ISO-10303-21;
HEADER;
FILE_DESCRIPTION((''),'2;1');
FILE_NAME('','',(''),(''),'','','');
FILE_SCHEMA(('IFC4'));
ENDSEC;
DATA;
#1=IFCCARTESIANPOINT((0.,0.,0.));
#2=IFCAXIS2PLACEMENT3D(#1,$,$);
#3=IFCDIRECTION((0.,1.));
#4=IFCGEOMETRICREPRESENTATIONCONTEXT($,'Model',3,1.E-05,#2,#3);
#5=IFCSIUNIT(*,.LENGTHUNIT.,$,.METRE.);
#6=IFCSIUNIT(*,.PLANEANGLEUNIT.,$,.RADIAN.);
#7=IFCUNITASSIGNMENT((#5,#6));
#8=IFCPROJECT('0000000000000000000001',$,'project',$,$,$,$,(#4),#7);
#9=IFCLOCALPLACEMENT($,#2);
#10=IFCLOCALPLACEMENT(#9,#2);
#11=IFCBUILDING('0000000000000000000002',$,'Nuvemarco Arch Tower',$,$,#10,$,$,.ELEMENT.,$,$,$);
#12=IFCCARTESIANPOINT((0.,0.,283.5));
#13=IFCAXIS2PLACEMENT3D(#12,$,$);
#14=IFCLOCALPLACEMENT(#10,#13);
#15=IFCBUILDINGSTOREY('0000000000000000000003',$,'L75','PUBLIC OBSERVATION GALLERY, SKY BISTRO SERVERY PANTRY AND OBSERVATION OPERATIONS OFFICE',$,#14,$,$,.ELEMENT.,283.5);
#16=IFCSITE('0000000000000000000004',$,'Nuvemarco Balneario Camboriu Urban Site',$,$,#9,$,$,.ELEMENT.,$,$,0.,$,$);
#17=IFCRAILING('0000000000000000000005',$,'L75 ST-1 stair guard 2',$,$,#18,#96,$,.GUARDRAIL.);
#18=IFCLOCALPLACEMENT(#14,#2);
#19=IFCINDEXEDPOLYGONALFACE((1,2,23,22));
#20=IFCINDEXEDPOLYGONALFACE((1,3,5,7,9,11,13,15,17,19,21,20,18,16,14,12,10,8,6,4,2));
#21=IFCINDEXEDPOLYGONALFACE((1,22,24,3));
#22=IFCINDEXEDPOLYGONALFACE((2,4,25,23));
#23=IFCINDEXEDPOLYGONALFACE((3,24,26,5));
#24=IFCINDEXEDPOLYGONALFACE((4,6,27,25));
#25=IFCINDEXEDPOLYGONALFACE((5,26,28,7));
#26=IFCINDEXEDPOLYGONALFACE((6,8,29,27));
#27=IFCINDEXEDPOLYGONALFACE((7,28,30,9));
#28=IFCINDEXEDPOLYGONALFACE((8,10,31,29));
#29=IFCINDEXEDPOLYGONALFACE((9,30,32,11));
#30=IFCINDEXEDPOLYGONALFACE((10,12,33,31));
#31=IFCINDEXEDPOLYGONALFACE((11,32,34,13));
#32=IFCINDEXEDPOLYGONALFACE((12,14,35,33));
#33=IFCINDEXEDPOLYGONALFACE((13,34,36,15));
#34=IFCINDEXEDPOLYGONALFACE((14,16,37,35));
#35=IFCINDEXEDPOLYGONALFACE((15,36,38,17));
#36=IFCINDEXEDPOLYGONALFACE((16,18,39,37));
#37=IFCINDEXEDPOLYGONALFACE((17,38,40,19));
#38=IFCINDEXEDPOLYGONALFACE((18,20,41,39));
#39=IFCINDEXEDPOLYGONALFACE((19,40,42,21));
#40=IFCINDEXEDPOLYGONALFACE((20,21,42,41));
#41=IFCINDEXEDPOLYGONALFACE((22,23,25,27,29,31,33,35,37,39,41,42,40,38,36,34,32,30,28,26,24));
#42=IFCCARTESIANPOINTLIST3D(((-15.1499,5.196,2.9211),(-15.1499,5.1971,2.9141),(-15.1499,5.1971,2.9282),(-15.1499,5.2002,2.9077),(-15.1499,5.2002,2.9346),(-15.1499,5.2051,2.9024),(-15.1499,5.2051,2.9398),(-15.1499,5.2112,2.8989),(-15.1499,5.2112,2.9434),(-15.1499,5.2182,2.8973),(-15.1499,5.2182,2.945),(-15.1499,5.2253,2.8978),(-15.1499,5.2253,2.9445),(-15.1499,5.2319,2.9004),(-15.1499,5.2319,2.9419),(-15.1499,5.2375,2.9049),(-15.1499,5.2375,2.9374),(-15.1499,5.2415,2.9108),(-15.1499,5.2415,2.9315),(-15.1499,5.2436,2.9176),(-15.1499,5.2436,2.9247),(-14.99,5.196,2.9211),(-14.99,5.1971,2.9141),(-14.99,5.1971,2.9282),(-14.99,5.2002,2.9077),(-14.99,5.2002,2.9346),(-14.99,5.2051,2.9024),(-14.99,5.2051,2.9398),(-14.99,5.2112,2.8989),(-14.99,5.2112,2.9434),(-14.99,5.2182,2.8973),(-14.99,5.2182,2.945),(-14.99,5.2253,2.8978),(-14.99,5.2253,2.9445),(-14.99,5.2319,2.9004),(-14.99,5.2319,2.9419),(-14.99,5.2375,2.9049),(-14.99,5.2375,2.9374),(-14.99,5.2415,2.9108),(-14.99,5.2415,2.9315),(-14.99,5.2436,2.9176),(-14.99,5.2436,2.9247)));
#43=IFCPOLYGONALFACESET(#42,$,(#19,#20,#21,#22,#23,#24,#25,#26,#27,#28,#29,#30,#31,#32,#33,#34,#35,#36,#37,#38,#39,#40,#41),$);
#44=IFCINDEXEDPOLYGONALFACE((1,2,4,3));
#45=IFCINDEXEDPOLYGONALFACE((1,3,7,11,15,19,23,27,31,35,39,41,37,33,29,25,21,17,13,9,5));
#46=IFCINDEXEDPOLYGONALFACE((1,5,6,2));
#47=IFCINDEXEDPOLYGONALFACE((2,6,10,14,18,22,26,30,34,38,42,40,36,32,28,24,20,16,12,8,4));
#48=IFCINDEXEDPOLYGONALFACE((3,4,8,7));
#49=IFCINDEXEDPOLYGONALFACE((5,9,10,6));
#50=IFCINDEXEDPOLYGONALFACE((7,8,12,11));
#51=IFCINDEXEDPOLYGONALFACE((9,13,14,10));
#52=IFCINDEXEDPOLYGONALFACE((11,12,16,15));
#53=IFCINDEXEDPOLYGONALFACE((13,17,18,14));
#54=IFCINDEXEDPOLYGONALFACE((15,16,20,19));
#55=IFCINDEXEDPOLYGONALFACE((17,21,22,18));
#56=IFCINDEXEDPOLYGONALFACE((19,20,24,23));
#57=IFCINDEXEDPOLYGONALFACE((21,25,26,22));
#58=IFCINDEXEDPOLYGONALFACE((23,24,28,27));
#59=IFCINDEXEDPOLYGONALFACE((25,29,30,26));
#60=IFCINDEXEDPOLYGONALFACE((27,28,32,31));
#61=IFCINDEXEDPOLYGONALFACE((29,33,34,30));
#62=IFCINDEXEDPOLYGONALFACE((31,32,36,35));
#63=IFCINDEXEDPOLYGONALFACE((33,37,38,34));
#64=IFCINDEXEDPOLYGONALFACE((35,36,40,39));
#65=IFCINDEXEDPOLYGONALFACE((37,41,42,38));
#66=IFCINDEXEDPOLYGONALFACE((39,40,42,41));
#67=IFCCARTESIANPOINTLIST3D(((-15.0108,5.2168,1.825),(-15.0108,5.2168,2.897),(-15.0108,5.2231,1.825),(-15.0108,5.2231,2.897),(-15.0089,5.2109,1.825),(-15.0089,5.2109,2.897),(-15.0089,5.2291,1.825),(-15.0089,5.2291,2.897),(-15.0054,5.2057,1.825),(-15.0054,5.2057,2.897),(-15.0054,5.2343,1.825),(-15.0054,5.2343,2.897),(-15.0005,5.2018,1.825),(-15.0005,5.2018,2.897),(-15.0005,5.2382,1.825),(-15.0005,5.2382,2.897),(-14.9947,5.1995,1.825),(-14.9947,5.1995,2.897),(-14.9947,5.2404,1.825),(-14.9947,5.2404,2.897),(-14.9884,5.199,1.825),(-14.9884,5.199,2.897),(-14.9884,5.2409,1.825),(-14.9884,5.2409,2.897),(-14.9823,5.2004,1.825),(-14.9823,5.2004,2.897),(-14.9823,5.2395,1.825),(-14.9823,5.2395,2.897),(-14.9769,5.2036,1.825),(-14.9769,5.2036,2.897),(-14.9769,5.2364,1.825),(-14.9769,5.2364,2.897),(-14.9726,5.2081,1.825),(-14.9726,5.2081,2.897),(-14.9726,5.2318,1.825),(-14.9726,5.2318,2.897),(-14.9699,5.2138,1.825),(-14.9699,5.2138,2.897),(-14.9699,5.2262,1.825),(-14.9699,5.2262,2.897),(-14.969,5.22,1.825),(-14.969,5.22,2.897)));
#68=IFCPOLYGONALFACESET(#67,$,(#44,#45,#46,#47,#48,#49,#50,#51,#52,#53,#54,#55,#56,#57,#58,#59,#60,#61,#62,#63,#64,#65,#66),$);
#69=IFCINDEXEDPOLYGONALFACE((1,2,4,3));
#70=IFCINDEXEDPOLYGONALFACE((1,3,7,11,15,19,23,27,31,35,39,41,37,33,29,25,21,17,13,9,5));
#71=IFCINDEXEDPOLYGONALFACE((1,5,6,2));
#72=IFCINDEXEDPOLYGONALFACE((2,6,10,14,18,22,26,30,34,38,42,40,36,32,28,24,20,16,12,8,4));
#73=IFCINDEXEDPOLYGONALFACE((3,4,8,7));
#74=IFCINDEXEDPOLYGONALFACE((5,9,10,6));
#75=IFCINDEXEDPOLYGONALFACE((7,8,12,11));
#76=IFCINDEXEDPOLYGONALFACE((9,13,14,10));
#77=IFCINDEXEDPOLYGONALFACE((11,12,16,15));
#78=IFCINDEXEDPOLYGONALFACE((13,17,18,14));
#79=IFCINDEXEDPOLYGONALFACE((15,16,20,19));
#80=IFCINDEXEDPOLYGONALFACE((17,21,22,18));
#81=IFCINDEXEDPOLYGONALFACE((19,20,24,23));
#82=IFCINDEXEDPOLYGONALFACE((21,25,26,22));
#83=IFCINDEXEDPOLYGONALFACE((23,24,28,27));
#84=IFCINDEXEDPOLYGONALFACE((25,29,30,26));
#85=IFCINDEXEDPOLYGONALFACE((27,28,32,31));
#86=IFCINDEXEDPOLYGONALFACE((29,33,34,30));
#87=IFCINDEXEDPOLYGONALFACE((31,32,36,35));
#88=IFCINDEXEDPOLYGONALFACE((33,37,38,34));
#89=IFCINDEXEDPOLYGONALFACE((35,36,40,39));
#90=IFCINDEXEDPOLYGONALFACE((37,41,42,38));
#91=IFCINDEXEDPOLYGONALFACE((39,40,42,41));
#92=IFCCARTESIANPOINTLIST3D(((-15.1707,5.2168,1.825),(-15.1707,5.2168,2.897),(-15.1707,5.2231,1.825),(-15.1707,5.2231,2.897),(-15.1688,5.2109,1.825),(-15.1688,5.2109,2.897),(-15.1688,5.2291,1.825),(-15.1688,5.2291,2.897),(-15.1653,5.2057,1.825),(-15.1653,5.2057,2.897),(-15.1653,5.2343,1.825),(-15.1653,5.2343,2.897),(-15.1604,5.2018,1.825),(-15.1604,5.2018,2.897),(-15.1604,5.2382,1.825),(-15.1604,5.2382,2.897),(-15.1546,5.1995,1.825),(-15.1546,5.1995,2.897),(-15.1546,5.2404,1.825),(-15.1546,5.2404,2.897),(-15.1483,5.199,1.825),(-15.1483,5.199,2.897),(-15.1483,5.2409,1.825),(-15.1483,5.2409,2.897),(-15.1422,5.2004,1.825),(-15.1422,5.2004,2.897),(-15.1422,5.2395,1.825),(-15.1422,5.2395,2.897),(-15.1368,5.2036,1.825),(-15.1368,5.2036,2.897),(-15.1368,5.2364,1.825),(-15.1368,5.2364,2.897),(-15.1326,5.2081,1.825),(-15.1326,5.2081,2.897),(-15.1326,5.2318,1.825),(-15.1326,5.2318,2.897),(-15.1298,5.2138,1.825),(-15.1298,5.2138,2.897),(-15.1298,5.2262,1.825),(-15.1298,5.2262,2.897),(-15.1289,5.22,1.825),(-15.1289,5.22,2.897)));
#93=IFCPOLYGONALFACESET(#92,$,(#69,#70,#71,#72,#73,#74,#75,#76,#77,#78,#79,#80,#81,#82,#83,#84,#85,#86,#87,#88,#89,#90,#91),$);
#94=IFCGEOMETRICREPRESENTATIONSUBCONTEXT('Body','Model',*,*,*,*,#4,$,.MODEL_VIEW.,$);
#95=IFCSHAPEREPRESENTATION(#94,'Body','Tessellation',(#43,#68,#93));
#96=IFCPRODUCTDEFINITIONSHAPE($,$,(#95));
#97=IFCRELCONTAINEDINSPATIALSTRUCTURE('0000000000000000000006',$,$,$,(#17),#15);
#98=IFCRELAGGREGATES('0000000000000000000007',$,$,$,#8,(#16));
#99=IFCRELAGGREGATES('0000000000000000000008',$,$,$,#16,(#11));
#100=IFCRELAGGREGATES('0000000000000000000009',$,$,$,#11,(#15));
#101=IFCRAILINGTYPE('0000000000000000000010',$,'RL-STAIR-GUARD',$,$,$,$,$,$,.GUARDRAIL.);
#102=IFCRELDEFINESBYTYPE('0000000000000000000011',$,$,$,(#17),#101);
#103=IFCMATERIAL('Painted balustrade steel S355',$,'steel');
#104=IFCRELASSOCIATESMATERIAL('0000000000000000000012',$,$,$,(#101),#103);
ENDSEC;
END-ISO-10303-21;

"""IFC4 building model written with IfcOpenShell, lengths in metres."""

from ifc_helpers import new_model, si_unit, direction, frame, origin, origin_2d, place, context, subcontext, project, spatial, circle, extrude, material, type_object, element, save


model = new_model("IFC4")

# Units and contexts
model_context = context("Model", 3, precision=1e-05, world=origin(), true_north=direction((0.0, 1.0)))
body_context = subcontext(model_context, "Body", "Model", "MODEL_VIEW")
ifc_project = project(units=[si_unit("LENGTHUNIT", "METRE"), si_unit("PLANEANGLEUNIT", "RADIAN")], contexts=[model_context])

# Site, building, storey
site_placement = place(None, origin())
site = spatial("IfcSite", under=ifc_project, at=site_placement, Name="Nuvemarco Balneario Camboriu Urban Site", CompositionType="ELEMENT", RefElevation=0.0)
building_placement = place(site_placement, origin())
building = spatial("IfcBuilding", under=site, at=building_placement, Name="Nuvemarco Arch Tower", CompositionType="ELEMENT")
storey_placement = place(building_placement, frame((0.0, 0.0, 283.5)))
storey = spatial("IfcBuildingStorey", under=building, at=storey_placement, Name="L75", Description="PUBLIC OBSERVATION GALLERY, SKY BISTRO SERVERY PANTRY AND OBSERVATION OPERATIONS OFFICE", CompositionType="ELEMENT", Elevation=283.5)

# Railing
ifc_material_1 = material(Name="Painted balustrade steel S355", Category="steel")
railing_type_1 = type_object("IfcRailingType", Name="RL-STAIR-GUARD", PredefinedType="GUARDRAIL", material=ifc_material_1)
railing_1_placement = place(storey_placement, frame((-14.99, 5.22, 1.825)))
element("IfcRailing", 1, at=railing_1_placement, inside=storey, type_object=railing_type_1, Name="L75 ST-1 stair guard 2", PredefinedType="GUARDRAIL", context=body_context, shape_type="SweptSolid", body=[
    extrude(circle(Radius=0.0239, at=origin_2d()), frame((0.0, 0.0, 1.0962), z_axis=(-1.0, 0.0, 0.0), x_axis=(0.0, -1.0, 0.0)), (0.0, 0.0, 1.0), 0.1599),
    extrude(circle(Radius=0.021, at=origin_2d()), origin(), (0.0, 0.0, 1.0), 1.072),
    extrude(circle(Radius=0.021, at=origin_2d()), frame((-0.1599, 0.0, 0.0)), (0.0, 0.0, 1.0), 1.072),
])

save(model, "model.ifc")
